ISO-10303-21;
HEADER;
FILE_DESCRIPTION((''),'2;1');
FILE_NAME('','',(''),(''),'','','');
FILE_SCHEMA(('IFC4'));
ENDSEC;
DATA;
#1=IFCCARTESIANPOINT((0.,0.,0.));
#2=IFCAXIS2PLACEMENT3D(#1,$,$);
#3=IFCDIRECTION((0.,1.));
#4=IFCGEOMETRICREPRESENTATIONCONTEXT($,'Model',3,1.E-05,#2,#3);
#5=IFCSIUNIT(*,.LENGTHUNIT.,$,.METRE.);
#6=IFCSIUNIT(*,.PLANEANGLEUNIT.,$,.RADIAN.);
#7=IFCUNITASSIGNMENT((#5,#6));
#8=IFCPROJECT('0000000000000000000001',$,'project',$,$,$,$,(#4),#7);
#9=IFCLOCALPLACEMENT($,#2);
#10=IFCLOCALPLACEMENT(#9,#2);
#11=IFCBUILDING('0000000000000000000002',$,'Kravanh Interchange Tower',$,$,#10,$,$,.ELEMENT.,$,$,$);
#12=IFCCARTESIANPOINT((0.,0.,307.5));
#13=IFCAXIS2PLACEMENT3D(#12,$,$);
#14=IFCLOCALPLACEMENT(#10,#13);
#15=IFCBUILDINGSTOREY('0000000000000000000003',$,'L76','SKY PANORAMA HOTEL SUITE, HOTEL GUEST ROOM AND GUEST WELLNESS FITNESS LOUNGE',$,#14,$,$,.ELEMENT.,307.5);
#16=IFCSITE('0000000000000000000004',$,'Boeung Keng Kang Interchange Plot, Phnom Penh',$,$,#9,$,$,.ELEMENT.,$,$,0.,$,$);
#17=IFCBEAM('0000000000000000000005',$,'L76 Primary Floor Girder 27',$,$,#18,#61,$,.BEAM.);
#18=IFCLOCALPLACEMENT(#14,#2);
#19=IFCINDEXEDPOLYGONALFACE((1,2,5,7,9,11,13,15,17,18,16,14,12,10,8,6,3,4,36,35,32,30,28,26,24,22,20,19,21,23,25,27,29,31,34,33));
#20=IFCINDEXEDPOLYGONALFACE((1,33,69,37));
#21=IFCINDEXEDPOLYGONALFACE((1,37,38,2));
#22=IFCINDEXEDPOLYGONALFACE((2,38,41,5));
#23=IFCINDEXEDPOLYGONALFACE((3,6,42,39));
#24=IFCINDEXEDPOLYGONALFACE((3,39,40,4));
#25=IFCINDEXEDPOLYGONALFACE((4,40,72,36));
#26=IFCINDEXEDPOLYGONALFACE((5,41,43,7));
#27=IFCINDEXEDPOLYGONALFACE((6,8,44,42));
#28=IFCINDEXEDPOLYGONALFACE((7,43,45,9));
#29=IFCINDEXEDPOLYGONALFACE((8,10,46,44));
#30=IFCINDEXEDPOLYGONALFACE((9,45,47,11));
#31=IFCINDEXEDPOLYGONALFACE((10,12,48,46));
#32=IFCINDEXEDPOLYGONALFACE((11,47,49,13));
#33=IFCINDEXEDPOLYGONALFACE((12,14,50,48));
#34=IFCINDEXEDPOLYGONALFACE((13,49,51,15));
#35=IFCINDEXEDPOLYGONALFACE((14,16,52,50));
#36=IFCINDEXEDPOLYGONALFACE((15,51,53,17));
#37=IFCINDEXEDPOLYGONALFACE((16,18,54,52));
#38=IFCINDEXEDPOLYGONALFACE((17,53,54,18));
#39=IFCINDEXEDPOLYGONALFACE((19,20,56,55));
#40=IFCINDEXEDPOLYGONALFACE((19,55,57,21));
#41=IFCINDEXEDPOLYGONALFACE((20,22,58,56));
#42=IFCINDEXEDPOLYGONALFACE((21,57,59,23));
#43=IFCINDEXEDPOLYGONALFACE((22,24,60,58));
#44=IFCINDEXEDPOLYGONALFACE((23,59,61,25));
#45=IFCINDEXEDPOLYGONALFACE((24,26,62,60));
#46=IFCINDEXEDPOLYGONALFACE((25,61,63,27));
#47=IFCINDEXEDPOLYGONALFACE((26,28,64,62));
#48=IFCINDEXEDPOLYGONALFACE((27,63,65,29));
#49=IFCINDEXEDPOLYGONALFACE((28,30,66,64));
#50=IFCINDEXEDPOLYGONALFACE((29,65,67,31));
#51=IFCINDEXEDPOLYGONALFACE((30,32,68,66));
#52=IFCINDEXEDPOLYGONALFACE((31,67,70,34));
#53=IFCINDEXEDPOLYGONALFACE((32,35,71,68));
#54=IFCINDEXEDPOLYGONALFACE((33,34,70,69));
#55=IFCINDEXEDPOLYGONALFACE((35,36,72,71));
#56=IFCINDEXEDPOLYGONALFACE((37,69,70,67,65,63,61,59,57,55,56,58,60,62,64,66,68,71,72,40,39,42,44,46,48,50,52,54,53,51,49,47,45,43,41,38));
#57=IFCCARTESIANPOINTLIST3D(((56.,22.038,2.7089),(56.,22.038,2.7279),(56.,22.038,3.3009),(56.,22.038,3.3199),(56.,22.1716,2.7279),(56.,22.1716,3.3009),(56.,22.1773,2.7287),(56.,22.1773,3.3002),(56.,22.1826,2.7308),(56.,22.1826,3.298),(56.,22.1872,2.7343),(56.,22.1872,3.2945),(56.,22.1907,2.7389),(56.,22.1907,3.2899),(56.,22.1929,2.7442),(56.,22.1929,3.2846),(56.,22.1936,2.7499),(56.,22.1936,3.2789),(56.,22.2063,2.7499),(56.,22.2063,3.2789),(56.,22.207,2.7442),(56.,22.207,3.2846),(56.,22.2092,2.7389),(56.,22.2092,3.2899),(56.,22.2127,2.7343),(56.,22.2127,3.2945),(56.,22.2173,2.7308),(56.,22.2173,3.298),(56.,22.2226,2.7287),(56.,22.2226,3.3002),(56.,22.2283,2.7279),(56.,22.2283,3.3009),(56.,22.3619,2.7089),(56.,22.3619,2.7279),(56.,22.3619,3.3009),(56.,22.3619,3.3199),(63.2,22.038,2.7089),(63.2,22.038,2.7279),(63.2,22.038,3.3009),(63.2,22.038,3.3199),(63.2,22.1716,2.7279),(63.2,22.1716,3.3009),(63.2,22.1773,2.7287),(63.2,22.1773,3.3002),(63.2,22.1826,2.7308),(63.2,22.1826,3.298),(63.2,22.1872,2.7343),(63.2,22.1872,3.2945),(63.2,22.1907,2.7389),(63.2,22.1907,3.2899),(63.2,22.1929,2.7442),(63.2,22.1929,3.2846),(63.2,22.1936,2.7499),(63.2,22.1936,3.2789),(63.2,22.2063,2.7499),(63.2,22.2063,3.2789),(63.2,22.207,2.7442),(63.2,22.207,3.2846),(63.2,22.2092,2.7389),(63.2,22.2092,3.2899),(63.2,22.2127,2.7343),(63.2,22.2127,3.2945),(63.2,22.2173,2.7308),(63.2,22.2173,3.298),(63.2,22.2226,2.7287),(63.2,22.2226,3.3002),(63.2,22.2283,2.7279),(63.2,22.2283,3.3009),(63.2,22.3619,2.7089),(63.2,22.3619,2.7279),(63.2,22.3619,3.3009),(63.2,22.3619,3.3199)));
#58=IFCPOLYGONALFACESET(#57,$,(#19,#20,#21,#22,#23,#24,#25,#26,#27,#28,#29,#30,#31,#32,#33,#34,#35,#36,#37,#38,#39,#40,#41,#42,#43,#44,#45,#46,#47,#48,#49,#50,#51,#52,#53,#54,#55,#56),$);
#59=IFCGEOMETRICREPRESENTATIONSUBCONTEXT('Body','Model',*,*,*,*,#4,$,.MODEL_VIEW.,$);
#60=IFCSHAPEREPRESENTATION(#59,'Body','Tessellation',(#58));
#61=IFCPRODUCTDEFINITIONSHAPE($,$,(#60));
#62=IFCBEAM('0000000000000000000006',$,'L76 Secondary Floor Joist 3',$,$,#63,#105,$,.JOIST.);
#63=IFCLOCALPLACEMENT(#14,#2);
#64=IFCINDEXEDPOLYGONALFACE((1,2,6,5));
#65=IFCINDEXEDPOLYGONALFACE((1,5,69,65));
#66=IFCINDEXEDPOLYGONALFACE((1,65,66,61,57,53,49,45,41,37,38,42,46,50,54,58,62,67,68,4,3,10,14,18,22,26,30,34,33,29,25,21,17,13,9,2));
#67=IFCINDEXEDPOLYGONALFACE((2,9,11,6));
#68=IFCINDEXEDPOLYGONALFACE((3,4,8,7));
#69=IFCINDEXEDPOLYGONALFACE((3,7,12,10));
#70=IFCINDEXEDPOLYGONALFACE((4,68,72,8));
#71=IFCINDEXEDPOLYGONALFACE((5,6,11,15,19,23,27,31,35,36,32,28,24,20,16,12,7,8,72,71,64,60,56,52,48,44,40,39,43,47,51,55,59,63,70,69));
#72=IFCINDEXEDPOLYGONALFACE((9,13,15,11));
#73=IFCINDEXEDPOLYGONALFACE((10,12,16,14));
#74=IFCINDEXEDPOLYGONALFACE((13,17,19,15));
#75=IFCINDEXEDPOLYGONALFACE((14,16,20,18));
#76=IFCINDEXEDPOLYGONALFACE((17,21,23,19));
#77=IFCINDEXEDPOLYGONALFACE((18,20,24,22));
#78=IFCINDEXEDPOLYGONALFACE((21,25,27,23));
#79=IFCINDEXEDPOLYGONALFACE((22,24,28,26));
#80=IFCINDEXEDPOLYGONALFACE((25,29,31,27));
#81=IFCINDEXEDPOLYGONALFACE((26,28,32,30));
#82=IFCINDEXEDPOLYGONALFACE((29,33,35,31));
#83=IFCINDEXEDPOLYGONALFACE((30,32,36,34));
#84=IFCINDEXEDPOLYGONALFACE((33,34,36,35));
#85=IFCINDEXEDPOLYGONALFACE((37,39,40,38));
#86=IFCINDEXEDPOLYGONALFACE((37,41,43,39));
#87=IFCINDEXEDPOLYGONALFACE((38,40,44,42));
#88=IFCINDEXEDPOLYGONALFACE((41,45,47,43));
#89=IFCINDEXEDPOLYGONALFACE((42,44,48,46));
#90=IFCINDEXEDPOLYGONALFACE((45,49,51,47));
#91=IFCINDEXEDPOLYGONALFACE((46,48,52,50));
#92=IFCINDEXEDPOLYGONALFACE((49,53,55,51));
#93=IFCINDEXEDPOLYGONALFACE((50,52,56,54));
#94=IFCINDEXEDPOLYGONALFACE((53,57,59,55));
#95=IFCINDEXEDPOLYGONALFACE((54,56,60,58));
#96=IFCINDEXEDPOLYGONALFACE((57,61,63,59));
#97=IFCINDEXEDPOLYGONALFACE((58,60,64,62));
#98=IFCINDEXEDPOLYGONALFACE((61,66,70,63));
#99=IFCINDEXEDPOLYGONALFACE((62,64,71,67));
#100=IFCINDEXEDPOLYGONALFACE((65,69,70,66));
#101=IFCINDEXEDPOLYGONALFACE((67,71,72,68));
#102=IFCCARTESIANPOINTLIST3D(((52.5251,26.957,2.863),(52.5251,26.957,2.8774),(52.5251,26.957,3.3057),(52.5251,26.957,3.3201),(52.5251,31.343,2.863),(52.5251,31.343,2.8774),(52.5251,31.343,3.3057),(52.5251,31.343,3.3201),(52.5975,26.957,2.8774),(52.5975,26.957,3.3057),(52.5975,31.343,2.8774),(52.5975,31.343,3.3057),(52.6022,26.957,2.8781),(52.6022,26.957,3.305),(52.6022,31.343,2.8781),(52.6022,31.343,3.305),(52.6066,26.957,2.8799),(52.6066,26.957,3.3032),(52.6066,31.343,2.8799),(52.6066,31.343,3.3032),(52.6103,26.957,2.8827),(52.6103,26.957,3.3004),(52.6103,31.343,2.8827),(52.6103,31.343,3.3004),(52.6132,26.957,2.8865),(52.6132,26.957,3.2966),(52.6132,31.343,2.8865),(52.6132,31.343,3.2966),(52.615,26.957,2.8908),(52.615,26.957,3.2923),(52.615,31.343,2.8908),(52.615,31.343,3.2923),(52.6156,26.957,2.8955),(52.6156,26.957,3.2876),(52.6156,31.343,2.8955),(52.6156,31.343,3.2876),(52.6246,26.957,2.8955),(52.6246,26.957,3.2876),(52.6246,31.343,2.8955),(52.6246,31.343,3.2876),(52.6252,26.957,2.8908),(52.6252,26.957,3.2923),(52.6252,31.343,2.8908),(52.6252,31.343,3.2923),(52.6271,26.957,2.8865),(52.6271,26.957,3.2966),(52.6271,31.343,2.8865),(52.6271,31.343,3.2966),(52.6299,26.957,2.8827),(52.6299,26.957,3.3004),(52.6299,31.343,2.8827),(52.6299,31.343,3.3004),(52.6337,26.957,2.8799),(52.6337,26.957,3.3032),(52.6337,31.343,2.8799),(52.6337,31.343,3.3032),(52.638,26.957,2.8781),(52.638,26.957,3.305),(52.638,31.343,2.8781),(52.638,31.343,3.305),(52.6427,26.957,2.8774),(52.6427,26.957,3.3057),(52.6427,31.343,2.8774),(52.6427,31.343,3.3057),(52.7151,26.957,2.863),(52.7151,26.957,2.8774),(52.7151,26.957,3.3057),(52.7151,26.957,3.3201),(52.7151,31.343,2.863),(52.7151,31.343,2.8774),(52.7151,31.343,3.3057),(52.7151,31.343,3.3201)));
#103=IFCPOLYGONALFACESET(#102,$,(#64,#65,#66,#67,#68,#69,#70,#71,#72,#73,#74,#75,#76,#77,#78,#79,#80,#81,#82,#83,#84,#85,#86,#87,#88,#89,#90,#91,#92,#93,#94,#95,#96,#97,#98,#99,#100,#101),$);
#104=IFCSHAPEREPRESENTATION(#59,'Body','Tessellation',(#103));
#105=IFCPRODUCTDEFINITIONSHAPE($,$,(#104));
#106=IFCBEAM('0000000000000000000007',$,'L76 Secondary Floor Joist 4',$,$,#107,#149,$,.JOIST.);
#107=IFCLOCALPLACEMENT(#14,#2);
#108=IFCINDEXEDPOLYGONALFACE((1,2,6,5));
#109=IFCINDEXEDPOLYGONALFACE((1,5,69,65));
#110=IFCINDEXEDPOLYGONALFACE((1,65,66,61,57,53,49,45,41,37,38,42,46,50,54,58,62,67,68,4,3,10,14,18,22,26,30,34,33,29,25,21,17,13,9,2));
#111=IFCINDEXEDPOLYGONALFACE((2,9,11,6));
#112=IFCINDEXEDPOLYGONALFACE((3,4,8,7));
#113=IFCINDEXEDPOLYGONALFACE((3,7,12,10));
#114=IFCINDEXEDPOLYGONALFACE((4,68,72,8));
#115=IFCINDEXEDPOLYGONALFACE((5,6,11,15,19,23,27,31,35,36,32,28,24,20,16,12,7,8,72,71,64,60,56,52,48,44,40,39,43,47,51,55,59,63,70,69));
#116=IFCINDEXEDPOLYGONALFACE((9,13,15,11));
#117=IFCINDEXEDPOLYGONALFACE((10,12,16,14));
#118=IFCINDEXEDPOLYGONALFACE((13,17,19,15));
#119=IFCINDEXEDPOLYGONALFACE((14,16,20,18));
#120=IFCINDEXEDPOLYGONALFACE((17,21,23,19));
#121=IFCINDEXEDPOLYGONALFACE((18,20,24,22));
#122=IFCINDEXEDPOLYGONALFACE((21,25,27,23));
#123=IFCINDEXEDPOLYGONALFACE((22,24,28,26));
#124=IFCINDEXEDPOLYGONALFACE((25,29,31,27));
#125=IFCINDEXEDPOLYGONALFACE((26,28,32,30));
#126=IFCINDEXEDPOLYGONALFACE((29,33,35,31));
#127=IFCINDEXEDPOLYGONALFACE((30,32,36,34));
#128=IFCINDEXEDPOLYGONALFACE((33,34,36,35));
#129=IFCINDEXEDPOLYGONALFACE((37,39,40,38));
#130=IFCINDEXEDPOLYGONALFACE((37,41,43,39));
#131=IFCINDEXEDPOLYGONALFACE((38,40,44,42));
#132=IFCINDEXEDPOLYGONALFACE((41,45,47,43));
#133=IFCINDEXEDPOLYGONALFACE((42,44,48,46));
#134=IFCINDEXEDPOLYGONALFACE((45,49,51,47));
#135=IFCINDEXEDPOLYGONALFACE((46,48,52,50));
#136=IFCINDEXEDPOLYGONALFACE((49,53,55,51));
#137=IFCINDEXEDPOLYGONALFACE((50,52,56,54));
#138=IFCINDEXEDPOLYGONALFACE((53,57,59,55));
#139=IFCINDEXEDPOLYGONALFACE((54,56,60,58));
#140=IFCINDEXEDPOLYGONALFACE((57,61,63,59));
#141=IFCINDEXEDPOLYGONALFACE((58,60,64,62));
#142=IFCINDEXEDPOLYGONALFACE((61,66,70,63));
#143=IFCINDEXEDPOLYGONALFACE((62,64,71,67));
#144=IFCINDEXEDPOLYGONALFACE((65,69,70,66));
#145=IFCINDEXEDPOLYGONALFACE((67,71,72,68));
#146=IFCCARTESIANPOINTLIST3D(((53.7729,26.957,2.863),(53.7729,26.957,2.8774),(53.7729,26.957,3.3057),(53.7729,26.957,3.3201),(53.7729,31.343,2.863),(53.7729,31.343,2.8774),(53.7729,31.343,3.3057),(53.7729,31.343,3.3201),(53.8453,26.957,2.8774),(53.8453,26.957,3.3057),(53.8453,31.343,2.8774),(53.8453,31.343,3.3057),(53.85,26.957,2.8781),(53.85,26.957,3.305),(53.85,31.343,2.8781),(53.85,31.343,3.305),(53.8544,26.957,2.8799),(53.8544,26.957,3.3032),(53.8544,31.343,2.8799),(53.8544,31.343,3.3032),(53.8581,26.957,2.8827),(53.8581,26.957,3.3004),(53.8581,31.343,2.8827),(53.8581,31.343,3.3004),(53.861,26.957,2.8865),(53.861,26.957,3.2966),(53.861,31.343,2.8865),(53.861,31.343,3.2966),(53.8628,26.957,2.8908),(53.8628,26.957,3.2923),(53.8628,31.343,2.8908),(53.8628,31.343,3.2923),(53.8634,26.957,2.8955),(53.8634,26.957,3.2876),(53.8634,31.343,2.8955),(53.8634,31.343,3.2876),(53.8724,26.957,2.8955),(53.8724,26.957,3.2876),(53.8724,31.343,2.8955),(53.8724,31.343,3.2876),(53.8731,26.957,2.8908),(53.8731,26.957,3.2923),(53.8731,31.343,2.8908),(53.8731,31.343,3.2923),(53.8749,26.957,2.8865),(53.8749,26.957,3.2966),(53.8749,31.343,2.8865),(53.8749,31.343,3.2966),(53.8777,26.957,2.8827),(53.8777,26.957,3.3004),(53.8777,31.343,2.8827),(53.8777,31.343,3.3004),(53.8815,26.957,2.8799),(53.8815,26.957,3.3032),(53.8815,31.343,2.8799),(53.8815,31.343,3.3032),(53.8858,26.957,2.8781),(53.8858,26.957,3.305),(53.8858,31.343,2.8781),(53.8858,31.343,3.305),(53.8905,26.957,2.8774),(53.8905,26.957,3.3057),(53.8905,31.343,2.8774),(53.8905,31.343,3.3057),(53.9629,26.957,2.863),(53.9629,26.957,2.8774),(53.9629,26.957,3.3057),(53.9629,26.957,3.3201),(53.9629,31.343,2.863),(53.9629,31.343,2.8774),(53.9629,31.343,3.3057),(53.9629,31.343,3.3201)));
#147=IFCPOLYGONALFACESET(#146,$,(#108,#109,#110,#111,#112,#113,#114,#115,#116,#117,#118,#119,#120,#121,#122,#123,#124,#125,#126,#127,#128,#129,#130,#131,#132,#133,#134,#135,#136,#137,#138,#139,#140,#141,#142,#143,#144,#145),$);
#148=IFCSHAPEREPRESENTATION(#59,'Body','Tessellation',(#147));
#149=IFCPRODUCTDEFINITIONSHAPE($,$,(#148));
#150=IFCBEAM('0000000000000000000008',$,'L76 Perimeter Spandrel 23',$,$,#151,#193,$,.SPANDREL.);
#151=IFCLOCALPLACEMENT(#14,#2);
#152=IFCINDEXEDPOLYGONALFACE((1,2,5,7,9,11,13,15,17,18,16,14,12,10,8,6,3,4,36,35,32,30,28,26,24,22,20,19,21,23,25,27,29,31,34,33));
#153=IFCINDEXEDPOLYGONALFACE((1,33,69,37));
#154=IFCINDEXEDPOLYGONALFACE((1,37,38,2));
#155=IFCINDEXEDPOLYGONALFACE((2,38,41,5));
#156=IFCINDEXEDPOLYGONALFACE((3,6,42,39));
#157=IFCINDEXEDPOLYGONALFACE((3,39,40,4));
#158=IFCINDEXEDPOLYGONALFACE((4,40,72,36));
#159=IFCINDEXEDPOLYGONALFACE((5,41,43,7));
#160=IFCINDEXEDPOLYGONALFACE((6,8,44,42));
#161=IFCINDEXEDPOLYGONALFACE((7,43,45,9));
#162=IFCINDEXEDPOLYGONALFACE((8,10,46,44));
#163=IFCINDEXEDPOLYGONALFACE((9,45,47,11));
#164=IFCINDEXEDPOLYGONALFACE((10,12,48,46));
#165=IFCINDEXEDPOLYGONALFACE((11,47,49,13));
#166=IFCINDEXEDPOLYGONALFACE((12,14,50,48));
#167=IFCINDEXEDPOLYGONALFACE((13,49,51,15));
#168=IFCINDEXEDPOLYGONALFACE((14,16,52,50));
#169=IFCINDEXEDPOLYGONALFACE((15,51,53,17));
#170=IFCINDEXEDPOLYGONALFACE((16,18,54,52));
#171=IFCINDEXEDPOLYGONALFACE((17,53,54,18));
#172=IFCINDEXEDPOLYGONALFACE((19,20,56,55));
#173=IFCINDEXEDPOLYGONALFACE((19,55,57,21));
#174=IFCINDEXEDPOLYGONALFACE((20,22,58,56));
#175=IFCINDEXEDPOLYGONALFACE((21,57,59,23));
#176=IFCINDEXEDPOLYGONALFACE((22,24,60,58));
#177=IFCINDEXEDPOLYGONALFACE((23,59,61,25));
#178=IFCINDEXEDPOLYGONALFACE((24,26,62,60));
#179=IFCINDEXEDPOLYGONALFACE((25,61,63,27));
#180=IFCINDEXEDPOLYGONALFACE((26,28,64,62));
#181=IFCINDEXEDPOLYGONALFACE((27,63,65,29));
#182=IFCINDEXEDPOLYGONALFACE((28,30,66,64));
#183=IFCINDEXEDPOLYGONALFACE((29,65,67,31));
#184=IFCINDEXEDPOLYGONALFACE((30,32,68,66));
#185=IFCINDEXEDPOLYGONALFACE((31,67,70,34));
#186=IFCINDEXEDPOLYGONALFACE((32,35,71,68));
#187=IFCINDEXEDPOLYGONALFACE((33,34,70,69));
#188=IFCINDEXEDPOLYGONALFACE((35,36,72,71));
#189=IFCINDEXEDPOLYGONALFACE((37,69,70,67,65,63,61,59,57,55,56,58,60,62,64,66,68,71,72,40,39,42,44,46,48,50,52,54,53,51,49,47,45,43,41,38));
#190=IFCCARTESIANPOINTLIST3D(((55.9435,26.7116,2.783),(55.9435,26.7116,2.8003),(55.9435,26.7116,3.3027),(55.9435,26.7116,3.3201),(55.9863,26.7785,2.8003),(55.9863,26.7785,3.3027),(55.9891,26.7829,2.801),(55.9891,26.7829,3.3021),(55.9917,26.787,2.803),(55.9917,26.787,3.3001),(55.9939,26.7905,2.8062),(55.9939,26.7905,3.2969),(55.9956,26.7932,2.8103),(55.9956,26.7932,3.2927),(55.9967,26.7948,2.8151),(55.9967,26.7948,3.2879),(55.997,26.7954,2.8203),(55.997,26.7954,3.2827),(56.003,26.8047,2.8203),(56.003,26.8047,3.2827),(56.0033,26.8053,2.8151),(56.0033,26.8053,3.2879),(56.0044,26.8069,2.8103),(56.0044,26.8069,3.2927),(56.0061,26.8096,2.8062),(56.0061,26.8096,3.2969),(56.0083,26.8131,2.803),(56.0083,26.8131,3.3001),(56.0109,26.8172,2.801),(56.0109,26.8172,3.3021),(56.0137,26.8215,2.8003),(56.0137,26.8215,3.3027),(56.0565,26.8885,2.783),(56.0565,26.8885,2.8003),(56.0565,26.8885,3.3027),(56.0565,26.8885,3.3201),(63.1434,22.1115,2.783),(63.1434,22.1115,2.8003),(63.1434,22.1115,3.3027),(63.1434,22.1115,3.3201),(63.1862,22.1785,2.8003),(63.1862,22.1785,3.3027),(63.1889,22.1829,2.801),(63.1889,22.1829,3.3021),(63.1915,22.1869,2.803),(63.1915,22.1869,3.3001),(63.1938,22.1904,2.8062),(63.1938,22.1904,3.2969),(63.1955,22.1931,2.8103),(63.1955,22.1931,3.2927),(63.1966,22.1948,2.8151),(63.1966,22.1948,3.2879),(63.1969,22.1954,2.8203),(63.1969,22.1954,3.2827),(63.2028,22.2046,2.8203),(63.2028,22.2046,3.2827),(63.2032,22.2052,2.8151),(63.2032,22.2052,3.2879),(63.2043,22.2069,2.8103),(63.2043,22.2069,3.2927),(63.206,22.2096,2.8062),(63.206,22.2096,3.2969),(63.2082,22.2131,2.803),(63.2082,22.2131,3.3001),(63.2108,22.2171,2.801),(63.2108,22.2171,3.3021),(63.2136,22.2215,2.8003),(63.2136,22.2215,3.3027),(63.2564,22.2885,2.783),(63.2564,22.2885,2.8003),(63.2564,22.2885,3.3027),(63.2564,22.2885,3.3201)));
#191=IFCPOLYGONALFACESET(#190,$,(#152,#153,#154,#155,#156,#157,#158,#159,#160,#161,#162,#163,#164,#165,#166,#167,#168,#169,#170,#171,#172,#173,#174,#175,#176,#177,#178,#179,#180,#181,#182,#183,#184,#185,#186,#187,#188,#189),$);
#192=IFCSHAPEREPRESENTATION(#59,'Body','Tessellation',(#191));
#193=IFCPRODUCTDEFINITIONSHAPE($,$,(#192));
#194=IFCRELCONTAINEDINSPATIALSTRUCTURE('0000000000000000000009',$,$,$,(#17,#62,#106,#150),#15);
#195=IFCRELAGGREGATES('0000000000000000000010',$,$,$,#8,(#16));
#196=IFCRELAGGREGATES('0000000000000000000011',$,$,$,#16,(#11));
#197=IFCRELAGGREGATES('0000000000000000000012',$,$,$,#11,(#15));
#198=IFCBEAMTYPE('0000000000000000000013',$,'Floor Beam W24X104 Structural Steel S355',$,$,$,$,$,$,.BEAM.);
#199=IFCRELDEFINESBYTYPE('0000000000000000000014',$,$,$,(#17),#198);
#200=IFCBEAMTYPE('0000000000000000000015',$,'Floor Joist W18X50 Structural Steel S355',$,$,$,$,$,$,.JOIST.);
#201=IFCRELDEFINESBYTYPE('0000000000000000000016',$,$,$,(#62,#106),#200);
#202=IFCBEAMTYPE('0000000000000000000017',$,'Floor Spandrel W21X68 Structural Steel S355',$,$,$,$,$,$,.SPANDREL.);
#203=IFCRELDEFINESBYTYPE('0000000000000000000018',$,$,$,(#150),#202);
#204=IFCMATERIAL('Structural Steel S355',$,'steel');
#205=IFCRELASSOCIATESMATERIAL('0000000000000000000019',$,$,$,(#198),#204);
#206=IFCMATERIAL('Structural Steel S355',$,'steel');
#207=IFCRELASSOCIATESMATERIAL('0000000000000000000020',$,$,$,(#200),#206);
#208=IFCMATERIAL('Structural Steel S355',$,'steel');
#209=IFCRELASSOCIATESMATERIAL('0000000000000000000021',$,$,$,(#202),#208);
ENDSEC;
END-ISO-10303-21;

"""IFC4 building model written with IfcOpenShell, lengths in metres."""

from ifc_helpers import new_model, si_unit, direction, frame, origin, origin_2d, place, context, subcontext, project, spatial, i_section, extrude, material, material_profile, profile_set, type_object, element, save


model = new_model("IFC4")

# Units and contexts
model_context = context("Model", 3, precision=1e-05, world=origin(), true_north=direction((0.0, 1.0)))
body_context = subcontext(model_context, "Body", "Model", "MODEL_VIEW")
ifc_project = project(units=[si_unit("LENGTHUNIT", "METRE"), si_unit("PLANEANGLEUNIT", "RADIAN")], contexts=[model_context])

# Site, building, storey
site_placement = place(None, origin())
site = spatial("IfcSite", under=ifc_project, at=site_placement, Name="Boeung Keng Kang Interchange Plot, Phnom Penh", CompositionType="ELEMENT", RefElevation=0.0)
building_placement = place(site_placement, origin())
building = spatial("IfcBuilding", under=site, at=building_placement, Name="Kravanh Interchange Tower", CompositionType="ELEMENT")
storey_placement = place(building_placement, frame((0.0, 0.0, 307.5)))
storey = spatial("IfcBuildingStorey", under=building, at=storey_placement, Name="L76", Description="SKY PANORAMA HOTEL SUITE, HOTEL GUEST ROOM AND GUEST WELLNESS FITNESS LOUNGE", CompositionType="ELEMENT", Elevation=307.5)

# Beams
ifc_material_1 = material(Name="Structural Steel S355", Category="steel")
ifc_material_profile_1 = material_profile(ifc_material_1, i_section(OverallWidth=0.324, OverallDepth=0.6111, WebThickness=0.0127, FlangeThickness=0.019, FilletRadius=0.022, at=origin_2d()), Name="W24X104")
ifc_profile_set_1 = profile_set([ifc_material_profile_1], Name="Structural Steel S355")
beam_type_1 = type_object("IfcBeamType", Name="Floor Beam W24X104 Structural Steel S355", PredefinedType="BEAM", material=ifc_profile_set_1)
beam_1_placement = place(storey_placement, frame((56.0, 22.2, 3.0144), z_axis=(1.0, 0.0, 0.0), x_axis=(0.0, 1.0, 0.0)))
element("IfcBeam", 1, at=beam_1_placement, inside=storey, type_object=beam_type_1, Name="L76 Primary Floor Girder 27", PredefinedType="BEAM", context=body_context, shape_type="SweptSolid", body=[
    extrude(i_section(OverallWidth=0.324, OverallDepth=0.6111, WebThickness=0.0127, FlangeThickness=0.019, FilletRadius=0.022, at=origin_2d()), origin(), (0.0, 0.0, 1.0), 7.2),
])
ifc_material_2 = material(Name="Structural Steel S355", Category="steel")
ifc_material_profile_2 = material_profile(ifc_material_2, i_section(OverallWidth=0.1899, OverallDepth=0.457, WebThickness=0.009, FlangeThickness=0.0144, FilletRadius=0.0181, at=origin_2d()), Name="W18X50")
ifc_profile_set_2 = profile_set([ifc_material_profile_2], Name="Structural Steel S355")
beam_type_2 = type_object("IfcBeamType", Name="Floor Joist W18X50 Structural Steel S355", PredefinedType="JOIST", material=ifc_profile_set_2)
for number, where, z_axis, x_axis, name in (
    (2, (52.6201, 26.957, 3.0916), (0.0, 1.0, 0.0), (-1.0, 0.0, 0.0), "L76 Secondary Floor Joist 3"),
    (3, (53.8679, 26.957, 3.0916), (0.0, 1.0, 0.0), (-1.0, 0.0, 0.0), "L76 Secondary Floor Joist 4"),
):
    element("IfcBeam", number, at=place(storey_placement, frame(where, z_axis=z_axis, x_axis=x_axis)), inside=storey, type_object=beam_type_2, Name=name, PredefinedType="JOIST", context=body_context, shape_type="SweptSolid", body=[
        extrude(i_section(OverallWidth=0.1899, OverallDepth=0.457, WebThickness=0.009, FlangeThickness=0.0144, FilletRadius=0.0181, at=origin_2d()), origin(), (0.0, 0.0, 1.0), 4.386),
    ])
ifc_material_3 = material(Name="Structural Steel S355", Category="steel")
ifc_material_profile_3 = material_profile(ifc_material_3, i_section(OverallWidth=0.21, OverallDepth=0.5371, WebThickness=0.011, FlangeThickness=0.0173, FilletRadius=0.02, at=origin_2d()), Name="W21X68")
ifc_profile_set_3 = profile_set([ifc_material_profile_3], Name="Structural Steel S355")
beam_type_3 = type_object("IfcBeamType", Name="Floor Spandrel W21X68 Structural Steel S355", PredefinedType="SPANDREL", material=ifc_profile_set_3)
beam_2_placement = place(storey_placement, frame((56.0, 26.8, 3.0515), z_axis=(0.842689, -0.5384, 0.0), x_axis=(0.5384, 0.842689, 0.0)))
element("IfcBeam", 4, at=beam_2_placement, inside=storey, type_object=beam_type_3, Name="L76 Perimeter Spandrel 23", PredefinedType="SPANDREL", context=body_context, shape_type="SweptSolid", body=[
    extrude(i_section(OverallWidth=0.21, OverallDepth=0.5371, WebThickness=0.011, FlangeThickness=0.0173, FilletRadius=0.02, at=origin_2d()), origin(), (0.0, 0.0, 1.0), 8.5439),
])

save(model, "model.ifc")
